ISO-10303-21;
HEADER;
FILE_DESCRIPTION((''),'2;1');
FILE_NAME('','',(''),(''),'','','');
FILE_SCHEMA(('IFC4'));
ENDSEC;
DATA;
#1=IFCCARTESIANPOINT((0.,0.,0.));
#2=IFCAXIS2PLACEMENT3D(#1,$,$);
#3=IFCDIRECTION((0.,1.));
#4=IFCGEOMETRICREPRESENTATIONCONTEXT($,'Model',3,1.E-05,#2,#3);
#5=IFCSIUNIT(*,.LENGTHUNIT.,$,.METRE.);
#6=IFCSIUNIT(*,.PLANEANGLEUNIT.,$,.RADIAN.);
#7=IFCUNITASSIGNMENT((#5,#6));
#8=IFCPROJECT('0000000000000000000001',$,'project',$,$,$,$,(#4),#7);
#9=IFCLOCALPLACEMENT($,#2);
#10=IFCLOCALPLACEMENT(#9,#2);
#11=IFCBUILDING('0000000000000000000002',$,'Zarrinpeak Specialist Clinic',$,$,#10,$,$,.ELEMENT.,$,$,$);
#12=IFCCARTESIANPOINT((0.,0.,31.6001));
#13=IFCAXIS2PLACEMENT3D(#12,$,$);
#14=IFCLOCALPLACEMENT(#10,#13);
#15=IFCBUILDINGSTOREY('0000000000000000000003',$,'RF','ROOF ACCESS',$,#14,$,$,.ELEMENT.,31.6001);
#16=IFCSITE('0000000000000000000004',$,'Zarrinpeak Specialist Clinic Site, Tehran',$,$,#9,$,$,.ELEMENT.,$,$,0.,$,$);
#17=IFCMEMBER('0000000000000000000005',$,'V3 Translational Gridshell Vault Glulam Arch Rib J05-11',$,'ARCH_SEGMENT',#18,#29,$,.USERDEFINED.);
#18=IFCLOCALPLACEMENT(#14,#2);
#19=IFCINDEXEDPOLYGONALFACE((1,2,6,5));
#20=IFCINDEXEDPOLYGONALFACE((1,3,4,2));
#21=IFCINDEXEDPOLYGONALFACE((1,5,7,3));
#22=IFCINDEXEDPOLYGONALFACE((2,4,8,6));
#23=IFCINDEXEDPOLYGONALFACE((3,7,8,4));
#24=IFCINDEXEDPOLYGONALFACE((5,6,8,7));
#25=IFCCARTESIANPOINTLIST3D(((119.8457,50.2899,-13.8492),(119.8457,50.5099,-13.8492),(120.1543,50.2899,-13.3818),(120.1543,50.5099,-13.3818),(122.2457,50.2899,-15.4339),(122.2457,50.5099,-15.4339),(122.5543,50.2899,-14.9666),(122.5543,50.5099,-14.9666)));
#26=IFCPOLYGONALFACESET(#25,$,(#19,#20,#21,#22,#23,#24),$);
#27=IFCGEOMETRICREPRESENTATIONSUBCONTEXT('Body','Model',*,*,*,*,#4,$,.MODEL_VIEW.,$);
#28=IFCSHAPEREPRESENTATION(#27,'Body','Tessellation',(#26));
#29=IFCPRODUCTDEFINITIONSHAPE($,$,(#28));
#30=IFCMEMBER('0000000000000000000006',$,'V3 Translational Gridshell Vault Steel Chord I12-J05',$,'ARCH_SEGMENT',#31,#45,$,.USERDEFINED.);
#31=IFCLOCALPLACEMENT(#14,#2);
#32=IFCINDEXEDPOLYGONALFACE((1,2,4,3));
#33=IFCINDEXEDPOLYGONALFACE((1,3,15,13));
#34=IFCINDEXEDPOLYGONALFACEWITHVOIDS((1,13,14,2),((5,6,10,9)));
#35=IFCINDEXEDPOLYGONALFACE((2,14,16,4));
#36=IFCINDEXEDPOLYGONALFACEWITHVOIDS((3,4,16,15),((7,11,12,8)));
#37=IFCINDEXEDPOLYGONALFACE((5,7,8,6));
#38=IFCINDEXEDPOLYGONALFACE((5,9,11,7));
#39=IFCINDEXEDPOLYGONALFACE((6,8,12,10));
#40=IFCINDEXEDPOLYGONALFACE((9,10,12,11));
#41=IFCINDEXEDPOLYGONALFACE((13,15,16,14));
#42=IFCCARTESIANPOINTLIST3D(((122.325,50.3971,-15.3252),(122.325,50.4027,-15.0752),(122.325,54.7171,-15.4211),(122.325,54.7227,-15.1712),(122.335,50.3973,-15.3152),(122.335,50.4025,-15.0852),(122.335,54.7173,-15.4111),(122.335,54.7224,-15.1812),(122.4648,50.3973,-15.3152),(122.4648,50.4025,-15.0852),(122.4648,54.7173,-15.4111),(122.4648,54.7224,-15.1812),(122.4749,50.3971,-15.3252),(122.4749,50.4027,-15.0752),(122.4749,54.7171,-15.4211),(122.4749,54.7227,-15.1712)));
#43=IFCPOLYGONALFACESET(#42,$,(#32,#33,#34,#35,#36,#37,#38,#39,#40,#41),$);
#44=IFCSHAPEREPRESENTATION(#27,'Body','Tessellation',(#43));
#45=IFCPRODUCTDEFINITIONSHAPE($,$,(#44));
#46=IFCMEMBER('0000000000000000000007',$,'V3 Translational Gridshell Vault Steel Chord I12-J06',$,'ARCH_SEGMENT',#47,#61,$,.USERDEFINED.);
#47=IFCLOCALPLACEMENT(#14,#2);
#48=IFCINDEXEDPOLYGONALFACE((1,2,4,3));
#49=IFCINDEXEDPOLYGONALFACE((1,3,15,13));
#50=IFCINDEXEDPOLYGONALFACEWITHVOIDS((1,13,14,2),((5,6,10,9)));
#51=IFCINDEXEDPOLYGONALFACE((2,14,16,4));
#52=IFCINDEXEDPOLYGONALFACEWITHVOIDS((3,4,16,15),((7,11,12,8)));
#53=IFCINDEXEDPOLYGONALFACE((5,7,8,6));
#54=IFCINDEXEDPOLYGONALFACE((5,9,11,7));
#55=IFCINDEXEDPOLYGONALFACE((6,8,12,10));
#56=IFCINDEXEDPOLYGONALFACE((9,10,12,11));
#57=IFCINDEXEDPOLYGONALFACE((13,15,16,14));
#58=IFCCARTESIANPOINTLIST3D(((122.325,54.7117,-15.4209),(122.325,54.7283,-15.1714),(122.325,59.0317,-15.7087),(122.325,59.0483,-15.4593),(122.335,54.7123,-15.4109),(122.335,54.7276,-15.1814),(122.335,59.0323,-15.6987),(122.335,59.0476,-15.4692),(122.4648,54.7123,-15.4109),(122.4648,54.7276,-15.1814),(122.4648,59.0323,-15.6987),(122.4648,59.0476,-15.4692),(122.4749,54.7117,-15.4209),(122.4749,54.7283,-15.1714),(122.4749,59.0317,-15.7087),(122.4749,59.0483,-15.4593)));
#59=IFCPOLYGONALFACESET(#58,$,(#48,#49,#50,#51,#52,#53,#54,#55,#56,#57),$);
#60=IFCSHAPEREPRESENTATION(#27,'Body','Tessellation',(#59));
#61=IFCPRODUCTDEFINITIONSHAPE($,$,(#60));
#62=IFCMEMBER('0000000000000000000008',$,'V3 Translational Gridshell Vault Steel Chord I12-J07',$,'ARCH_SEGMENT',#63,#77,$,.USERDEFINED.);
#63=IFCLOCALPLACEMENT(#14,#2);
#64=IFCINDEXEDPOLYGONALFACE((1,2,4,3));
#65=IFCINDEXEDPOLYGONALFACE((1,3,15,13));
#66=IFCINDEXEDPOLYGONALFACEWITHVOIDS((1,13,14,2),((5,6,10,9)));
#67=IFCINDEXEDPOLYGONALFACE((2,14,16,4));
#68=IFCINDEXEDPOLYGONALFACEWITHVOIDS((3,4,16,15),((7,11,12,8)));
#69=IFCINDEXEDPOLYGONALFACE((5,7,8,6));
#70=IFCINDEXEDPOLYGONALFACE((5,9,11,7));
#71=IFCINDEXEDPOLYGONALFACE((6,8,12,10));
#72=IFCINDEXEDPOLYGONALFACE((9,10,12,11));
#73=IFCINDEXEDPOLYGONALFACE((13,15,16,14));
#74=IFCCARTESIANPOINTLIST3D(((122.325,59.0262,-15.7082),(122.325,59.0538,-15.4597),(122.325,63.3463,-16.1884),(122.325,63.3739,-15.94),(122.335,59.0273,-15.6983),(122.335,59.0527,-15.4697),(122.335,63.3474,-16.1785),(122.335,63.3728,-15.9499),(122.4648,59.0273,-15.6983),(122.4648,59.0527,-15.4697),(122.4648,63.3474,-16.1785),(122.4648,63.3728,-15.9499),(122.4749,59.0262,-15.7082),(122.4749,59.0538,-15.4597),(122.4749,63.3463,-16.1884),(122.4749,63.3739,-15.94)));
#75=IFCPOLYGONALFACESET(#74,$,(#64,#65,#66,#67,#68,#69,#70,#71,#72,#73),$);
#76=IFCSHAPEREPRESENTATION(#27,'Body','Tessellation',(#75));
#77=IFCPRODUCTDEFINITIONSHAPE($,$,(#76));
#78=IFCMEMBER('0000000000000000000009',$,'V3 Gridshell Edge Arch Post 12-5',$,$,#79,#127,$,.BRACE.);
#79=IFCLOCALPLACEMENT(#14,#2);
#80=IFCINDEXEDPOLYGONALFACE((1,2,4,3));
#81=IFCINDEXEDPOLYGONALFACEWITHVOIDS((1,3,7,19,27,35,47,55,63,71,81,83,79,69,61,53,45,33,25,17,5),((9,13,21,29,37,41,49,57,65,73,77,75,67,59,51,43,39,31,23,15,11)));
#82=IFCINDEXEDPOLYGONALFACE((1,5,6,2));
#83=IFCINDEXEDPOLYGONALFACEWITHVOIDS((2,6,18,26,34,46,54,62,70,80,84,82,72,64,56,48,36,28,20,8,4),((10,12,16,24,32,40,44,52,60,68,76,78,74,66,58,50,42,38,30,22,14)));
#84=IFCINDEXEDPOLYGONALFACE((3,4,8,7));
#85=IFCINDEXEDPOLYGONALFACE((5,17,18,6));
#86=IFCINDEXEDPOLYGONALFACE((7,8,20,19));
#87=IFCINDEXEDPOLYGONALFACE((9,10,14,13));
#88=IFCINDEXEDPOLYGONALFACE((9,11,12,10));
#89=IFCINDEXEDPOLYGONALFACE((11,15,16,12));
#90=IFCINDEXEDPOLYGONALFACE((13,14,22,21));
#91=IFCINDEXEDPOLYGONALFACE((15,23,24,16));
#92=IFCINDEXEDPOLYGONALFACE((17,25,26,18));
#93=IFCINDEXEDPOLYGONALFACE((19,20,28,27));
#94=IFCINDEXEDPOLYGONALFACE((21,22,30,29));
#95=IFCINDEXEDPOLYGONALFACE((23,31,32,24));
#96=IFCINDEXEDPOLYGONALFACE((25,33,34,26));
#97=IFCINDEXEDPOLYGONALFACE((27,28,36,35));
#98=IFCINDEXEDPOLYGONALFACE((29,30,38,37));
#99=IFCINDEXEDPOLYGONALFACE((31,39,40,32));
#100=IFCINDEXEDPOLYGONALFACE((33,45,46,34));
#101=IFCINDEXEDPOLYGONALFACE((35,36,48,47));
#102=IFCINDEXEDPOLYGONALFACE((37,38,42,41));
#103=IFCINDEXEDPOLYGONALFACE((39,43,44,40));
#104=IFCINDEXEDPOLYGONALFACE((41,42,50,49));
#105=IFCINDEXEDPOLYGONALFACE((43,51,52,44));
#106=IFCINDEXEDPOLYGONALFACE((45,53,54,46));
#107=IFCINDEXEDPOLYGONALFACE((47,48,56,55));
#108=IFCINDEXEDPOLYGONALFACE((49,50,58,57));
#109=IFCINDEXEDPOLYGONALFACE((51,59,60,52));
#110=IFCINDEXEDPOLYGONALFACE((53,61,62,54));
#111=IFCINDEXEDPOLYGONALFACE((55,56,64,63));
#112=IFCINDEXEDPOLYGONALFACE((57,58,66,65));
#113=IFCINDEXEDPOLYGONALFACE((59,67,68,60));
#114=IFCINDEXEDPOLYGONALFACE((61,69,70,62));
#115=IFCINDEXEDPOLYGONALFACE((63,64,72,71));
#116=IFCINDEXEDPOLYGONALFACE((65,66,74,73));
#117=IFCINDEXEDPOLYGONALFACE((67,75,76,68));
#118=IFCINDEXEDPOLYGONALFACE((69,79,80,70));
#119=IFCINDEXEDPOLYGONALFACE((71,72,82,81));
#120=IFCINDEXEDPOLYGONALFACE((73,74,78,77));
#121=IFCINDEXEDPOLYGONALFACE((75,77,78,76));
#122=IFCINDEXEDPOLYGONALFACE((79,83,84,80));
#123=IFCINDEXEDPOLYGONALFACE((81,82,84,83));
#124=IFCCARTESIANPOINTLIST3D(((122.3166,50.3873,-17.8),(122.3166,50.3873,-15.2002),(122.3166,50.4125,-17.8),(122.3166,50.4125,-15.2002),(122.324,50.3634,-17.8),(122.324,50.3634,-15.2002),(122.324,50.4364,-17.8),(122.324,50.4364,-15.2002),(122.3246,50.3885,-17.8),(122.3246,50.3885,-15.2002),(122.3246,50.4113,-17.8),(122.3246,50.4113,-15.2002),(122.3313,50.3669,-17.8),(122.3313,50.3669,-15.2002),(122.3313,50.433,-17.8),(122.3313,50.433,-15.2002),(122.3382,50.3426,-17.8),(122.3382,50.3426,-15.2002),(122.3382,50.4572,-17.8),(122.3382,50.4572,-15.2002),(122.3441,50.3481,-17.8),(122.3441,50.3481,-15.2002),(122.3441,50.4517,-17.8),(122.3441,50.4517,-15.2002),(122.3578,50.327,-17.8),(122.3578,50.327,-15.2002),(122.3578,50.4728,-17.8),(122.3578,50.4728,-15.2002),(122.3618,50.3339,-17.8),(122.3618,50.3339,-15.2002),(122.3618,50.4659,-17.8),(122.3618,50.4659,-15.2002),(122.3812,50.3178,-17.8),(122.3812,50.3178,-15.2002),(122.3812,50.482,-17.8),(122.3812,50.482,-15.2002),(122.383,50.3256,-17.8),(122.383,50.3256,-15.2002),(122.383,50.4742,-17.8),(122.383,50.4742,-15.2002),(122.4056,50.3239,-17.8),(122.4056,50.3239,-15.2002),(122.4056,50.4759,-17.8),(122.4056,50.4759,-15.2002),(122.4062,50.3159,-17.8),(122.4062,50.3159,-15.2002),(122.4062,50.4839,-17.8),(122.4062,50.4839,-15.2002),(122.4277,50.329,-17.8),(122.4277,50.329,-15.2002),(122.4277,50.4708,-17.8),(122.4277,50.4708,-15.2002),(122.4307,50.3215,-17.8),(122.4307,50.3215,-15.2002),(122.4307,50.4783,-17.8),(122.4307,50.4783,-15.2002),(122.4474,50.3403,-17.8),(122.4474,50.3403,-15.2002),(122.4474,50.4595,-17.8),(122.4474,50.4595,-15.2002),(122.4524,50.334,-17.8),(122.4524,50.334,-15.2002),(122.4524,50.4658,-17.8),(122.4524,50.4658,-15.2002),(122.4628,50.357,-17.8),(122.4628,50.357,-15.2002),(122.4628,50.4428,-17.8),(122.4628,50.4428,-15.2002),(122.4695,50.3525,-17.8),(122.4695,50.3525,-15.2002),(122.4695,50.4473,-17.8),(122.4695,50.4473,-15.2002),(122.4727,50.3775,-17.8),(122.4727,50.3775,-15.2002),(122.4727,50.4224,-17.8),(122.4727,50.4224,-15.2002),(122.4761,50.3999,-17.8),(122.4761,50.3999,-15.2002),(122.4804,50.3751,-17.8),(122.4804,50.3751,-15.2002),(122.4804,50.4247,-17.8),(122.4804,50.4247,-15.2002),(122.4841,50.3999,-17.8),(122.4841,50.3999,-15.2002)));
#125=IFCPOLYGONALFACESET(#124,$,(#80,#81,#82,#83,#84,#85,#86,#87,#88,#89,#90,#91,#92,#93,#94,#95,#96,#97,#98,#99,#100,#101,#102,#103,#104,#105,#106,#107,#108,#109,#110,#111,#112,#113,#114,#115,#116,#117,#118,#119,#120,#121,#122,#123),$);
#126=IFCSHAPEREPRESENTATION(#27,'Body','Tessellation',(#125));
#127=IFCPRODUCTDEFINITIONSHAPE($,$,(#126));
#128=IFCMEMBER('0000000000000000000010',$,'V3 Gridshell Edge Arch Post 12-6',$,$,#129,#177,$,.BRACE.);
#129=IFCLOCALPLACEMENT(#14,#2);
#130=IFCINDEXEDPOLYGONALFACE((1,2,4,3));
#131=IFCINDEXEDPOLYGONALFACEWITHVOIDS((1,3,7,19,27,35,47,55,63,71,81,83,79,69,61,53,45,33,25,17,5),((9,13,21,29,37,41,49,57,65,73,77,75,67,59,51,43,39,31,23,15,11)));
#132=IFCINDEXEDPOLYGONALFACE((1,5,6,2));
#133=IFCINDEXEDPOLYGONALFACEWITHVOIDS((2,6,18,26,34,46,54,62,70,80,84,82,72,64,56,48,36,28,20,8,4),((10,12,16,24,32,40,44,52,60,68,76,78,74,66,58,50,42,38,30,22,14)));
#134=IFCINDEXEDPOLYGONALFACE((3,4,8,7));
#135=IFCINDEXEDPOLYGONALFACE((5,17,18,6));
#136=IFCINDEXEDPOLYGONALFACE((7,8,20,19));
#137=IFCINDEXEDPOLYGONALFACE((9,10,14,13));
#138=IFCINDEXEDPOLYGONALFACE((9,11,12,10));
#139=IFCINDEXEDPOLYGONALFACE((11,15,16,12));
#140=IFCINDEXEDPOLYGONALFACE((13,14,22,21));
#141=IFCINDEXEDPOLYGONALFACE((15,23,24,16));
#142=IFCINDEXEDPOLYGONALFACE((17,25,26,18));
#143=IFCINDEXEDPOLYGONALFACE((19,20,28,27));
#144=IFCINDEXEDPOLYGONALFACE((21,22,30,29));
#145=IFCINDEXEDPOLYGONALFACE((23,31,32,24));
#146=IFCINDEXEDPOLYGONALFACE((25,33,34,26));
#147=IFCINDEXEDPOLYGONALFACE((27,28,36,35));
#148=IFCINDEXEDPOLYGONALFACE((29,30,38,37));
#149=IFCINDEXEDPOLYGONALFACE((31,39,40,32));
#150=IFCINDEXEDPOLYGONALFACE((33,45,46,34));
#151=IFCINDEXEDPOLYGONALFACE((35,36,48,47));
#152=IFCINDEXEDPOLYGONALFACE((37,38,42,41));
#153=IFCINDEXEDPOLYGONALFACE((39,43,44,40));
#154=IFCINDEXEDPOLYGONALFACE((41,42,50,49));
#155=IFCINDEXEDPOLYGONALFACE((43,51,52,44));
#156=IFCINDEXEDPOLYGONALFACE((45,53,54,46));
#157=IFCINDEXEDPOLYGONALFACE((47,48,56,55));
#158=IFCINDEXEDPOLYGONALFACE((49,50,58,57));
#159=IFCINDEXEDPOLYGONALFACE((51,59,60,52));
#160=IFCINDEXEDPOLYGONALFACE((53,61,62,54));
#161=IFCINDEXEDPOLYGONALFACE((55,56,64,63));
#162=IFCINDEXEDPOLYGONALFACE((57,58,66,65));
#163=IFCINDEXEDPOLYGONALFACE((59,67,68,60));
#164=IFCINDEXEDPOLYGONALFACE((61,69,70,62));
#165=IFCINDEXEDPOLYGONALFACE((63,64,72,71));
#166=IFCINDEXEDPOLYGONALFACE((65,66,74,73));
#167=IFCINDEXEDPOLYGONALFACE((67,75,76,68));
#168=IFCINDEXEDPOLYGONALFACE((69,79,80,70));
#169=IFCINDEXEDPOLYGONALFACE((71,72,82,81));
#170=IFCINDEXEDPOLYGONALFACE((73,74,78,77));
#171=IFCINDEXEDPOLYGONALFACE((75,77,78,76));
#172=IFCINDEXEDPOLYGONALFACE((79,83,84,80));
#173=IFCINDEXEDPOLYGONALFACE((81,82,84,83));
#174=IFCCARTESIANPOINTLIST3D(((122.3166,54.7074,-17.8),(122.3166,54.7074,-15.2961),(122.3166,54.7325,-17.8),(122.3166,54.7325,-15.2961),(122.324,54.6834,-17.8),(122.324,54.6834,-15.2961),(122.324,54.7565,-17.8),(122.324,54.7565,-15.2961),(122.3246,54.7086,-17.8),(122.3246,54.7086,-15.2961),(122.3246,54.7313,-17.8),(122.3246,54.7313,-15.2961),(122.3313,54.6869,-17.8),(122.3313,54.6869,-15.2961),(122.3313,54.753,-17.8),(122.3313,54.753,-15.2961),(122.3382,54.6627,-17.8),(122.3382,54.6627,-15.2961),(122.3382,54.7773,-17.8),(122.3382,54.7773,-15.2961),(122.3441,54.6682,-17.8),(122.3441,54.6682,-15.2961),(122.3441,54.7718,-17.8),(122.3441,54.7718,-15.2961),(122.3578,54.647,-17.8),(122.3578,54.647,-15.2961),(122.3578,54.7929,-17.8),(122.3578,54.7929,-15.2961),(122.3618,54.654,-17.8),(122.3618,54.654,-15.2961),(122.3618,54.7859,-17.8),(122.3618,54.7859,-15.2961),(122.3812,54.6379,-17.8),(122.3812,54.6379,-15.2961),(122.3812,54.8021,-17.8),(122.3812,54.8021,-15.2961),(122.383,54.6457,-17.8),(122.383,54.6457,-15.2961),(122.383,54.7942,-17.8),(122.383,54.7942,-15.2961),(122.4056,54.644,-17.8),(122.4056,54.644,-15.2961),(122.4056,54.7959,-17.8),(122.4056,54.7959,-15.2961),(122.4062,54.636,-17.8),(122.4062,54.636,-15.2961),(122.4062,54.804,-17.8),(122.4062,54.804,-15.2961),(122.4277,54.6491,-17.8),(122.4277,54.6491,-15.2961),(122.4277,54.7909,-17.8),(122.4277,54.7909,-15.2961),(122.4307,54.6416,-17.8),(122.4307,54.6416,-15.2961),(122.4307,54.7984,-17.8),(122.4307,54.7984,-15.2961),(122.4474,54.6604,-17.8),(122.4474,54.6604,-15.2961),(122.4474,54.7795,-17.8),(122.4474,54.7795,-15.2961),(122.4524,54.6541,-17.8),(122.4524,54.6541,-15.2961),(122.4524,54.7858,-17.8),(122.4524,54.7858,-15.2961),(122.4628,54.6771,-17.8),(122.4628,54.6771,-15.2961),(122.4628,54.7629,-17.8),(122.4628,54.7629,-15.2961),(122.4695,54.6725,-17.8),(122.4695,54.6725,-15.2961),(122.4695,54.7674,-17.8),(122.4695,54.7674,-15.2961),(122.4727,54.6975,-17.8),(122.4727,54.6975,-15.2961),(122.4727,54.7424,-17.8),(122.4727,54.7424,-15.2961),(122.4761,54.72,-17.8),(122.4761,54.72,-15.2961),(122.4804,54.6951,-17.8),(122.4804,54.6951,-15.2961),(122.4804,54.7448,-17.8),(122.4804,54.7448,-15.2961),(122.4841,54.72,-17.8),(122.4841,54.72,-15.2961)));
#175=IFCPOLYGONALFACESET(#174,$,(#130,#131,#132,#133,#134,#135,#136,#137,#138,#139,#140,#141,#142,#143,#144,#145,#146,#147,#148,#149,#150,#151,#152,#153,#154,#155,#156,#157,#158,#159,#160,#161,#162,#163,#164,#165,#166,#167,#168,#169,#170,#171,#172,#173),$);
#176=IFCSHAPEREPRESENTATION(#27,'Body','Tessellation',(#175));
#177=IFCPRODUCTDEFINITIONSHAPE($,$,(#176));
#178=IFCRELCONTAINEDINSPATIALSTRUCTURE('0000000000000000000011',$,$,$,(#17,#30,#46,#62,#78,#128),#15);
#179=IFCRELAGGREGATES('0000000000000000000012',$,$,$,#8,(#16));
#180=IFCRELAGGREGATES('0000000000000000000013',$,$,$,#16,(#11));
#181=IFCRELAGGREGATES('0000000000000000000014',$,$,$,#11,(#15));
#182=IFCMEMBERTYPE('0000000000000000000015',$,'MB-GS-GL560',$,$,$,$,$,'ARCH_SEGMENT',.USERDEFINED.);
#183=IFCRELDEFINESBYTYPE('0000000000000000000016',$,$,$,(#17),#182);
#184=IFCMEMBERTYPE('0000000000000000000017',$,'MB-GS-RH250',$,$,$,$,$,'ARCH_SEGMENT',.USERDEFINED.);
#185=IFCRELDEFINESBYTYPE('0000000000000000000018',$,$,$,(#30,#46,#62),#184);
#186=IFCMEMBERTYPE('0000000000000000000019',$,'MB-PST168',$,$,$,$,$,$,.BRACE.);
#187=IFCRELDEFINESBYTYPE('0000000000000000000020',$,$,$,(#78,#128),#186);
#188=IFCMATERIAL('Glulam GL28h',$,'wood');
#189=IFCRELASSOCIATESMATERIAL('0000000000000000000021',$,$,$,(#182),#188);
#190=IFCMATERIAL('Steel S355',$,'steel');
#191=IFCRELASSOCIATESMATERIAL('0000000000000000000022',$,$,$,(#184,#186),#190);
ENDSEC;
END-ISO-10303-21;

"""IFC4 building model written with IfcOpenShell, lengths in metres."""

from ifc_helpers import new_model, si_unit, direction, frame, origin, origin_2d, place, context, subcontext, project, spatial, rectangle, hollow_rectangle, hollow_circle, extrude, material, material_profile, profile_set, type_object, element, save


model = new_model("IFC4")

# Units and contexts
model_context = context("Model", 3, precision=1e-05, world=origin(), true_north=direction((0.0, 1.0)))
body_context = subcontext(model_context, "Body", "Model", "MODEL_VIEW")
ifc_project = project(units=[si_unit("LENGTHUNIT", "METRE"), si_unit("PLANEANGLEUNIT", "RADIAN")], contexts=[model_context])

# Site, building, storey
site_placement = place(None, origin())
site = spatial("IfcSite", under=ifc_project, at=site_placement, Name="Zarrinpeak Specialist Clinic Site, Tehran", CompositionType="ELEMENT", RefElevation=0.0)
building_placement = place(site_placement, origin())
building = spatial("IfcBuilding", under=site, at=building_placement, Name="Zarrinpeak Specialist Clinic", CompositionType="ELEMENT")
storey_placement = place(building_placement, frame((0.0, 0.0, 31.6001)))
storey = spatial("IfcBuildingStorey", under=building, at=storey_placement, Name="RF", Description="ROOF ACCESS", CompositionType="ELEMENT", Elevation=31.6001)

# Members
ifc_material_1 = material(Name="Steel S355", Category="steel")
ifc_material_2 = material(Name="Glulam GL28h", Category="wood")
ifc_material_profile_1 = material_profile(ifc_material_2, rectangle(XDim=0.22, YDim=0.5601, at=origin_2d()), Name="GL28h 220x560")
ifc_profile_set_1 = profile_set([ifc_material_profile_1], Name="Glulam GL28h")
member_type_1 = type_object("IfcMemberType", Name="MB-GS-GL560", ElementType="ARCH_SEGMENT", PredefinedType="USERDEFINED", material=ifc_profile_set_1)
member_1_placement = place(storey_placement, frame((120.0, 50.3999, -13.6155), z_axis=(0.834484, 0.0, -0.551031), x_axis=(0.0, 1.0, 0.0)))
element("IfcMember", 1, at=member_1_placement, inside=storey, type_object=member_type_1, Name="V3 Translational Gridshell Vault Glulam Arch Rib J05-11", ObjectType="ARCH_SEGMENT", PredefinedType="USERDEFINED", context=body_context, shape_type="SweptSolid", body=[
    extrude(rectangle(XDim=0.22, YDim=0.5601, at=origin_2d()), origin(), (0.0, 0.0, 1.0), 2.876),
])
ifc_material_profile_2 = material_profile(ifc_material_1, hollow_rectangle(XDim=0.1499, YDim=0.25, WallThickness=0.01, at=origin_2d()), Name="RHS 250x150x10.0")
ifc_profile_set_2 = profile_set([ifc_material_profile_2], Name="Steel S355")
member_type_2 = type_object("IfcMemberType", Name="MB-GS-RH250", ElementType="ARCH_SEGMENT", PredefinedType="USERDEFINED", material=ifc_profile_set_2)
member_2_placement = place(storey_placement, frame((122.3999, 50.3999, -15.2002), z_axis=(0.0, 0.999753, -0.022204), x_axis=(-1.0, 0.0, 0.0)))
element("IfcMember", 2, at=member_2_placement, inside=storey, type_object=member_type_2, Name="V3 Translational Gridshell Vault Steel Chord I12-J05", ObjectType="ARCH_SEGMENT", PredefinedType="USERDEFINED", context=body_context, shape_type="SweptSolid", body=[
    extrude(hollow_rectangle(XDim=0.1499, YDim=0.25, WallThickness=0.01, at=origin_2d()), origin(), (0.0, 0.0, 1.0), 4.321),
])
member_3_placement = place(storey_placement, frame((122.3999, 54.72, -15.2961), z_axis=(0.0, 0.997788, -0.066482), x_axis=(-1.0, 0.0, 0.0)))
element("IfcMember", 3, at=member_3_placement, inside=storey, type_object=member_type_2, Name="V3 Translational Gridshell Vault Steel Chord I12-J06", ObjectType="ARCH_SEGMENT", PredefinedType="USERDEFINED", context=body_context, shape_type="SweptSolid", body=[
    extrude(hollow_rectangle(XDim=0.1499, YDim=0.25, WallThickness=0.01, at=origin_2d()), origin(), (0.0, 0.0, 1.0), 4.3296),
])
member_4_placement = place(storey_placement, frame((122.3999, 59.04, -15.584), z_axis=(0.0, 0.993878, -0.110481), x_axis=(-1.0, 0.0, 0.0)))
element("IfcMember", 4, at=member_4_placement, inside=storey, type_object=member_type_2, Name="V3 Translational Gridshell Vault Steel Chord I12-J07", ObjectType="ARCH_SEGMENT", PredefinedType="USERDEFINED", context=body_context, shape_type="SweptSolid", body=[
    extrude(hollow_rectangle(XDim=0.1499, YDim=0.25, WallThickness=0.01, at=origin_2d()), origin(), (0.0, 0.0, 1.0), 4.3467),
])
ifc_material_profile_3 = material_profile(ifc_material_1, hollow_circle(Radius=0.0842, WallThickness=0.0081, at=origin_2d()), Name="CHS 168.3x8.0")
ifc_profile_set_3 = profile_set([ifc_material_profile_3], Name="Steel S355")
member_type_3 = type_object("IfcMemberType", Name="MB-PST168", PredefinedType="BRACE", material=ifc_profile_set_3)
member_5_placement = place(storey_placement, frame((122.3999, 50.3999, -17.8), z_axis=(0.0, 0.0, 1.0), x_axis=(1.0, 0.0, 0.0)))
element("IfcMember", 5, at=member_5_placement, inside=storey, type_object=member_type_3, Name="V3 Gridshell Edge Arch Post 12-5", PredefinedType="BRACE", context=body_context, shape_type="SweptSolid", body=[
    extrude(hollow_circle(Radius=0.0842, WallThickness=0.0081, at=origin_2d()), origin(), (0.0, 0.0, 1.0), 2.5999),
])
member_6_placement = place(storey_placement, frame((122.3999, 54.72, -17.8), z_axis=(0.0, 0.0, 1.0), x_axis=(1.0, 0.0, 0.0)))
element("IfcMember", 6, at=member_6_placement, inside=storey, type_object=member_type_3, Name="V3 Gridshell Edge Arch Post 12-6", PredefinedType="BRACE", context=body_context, shape_type="SweptSolid", body=[
    extrude(hollow_circle(Radius=0.0842, WallThickness=0.0081, at=origin_2d()), origin(), (0.0, 0.0, 1.0), 2.5039),
])

save(model, "model.ifc")
